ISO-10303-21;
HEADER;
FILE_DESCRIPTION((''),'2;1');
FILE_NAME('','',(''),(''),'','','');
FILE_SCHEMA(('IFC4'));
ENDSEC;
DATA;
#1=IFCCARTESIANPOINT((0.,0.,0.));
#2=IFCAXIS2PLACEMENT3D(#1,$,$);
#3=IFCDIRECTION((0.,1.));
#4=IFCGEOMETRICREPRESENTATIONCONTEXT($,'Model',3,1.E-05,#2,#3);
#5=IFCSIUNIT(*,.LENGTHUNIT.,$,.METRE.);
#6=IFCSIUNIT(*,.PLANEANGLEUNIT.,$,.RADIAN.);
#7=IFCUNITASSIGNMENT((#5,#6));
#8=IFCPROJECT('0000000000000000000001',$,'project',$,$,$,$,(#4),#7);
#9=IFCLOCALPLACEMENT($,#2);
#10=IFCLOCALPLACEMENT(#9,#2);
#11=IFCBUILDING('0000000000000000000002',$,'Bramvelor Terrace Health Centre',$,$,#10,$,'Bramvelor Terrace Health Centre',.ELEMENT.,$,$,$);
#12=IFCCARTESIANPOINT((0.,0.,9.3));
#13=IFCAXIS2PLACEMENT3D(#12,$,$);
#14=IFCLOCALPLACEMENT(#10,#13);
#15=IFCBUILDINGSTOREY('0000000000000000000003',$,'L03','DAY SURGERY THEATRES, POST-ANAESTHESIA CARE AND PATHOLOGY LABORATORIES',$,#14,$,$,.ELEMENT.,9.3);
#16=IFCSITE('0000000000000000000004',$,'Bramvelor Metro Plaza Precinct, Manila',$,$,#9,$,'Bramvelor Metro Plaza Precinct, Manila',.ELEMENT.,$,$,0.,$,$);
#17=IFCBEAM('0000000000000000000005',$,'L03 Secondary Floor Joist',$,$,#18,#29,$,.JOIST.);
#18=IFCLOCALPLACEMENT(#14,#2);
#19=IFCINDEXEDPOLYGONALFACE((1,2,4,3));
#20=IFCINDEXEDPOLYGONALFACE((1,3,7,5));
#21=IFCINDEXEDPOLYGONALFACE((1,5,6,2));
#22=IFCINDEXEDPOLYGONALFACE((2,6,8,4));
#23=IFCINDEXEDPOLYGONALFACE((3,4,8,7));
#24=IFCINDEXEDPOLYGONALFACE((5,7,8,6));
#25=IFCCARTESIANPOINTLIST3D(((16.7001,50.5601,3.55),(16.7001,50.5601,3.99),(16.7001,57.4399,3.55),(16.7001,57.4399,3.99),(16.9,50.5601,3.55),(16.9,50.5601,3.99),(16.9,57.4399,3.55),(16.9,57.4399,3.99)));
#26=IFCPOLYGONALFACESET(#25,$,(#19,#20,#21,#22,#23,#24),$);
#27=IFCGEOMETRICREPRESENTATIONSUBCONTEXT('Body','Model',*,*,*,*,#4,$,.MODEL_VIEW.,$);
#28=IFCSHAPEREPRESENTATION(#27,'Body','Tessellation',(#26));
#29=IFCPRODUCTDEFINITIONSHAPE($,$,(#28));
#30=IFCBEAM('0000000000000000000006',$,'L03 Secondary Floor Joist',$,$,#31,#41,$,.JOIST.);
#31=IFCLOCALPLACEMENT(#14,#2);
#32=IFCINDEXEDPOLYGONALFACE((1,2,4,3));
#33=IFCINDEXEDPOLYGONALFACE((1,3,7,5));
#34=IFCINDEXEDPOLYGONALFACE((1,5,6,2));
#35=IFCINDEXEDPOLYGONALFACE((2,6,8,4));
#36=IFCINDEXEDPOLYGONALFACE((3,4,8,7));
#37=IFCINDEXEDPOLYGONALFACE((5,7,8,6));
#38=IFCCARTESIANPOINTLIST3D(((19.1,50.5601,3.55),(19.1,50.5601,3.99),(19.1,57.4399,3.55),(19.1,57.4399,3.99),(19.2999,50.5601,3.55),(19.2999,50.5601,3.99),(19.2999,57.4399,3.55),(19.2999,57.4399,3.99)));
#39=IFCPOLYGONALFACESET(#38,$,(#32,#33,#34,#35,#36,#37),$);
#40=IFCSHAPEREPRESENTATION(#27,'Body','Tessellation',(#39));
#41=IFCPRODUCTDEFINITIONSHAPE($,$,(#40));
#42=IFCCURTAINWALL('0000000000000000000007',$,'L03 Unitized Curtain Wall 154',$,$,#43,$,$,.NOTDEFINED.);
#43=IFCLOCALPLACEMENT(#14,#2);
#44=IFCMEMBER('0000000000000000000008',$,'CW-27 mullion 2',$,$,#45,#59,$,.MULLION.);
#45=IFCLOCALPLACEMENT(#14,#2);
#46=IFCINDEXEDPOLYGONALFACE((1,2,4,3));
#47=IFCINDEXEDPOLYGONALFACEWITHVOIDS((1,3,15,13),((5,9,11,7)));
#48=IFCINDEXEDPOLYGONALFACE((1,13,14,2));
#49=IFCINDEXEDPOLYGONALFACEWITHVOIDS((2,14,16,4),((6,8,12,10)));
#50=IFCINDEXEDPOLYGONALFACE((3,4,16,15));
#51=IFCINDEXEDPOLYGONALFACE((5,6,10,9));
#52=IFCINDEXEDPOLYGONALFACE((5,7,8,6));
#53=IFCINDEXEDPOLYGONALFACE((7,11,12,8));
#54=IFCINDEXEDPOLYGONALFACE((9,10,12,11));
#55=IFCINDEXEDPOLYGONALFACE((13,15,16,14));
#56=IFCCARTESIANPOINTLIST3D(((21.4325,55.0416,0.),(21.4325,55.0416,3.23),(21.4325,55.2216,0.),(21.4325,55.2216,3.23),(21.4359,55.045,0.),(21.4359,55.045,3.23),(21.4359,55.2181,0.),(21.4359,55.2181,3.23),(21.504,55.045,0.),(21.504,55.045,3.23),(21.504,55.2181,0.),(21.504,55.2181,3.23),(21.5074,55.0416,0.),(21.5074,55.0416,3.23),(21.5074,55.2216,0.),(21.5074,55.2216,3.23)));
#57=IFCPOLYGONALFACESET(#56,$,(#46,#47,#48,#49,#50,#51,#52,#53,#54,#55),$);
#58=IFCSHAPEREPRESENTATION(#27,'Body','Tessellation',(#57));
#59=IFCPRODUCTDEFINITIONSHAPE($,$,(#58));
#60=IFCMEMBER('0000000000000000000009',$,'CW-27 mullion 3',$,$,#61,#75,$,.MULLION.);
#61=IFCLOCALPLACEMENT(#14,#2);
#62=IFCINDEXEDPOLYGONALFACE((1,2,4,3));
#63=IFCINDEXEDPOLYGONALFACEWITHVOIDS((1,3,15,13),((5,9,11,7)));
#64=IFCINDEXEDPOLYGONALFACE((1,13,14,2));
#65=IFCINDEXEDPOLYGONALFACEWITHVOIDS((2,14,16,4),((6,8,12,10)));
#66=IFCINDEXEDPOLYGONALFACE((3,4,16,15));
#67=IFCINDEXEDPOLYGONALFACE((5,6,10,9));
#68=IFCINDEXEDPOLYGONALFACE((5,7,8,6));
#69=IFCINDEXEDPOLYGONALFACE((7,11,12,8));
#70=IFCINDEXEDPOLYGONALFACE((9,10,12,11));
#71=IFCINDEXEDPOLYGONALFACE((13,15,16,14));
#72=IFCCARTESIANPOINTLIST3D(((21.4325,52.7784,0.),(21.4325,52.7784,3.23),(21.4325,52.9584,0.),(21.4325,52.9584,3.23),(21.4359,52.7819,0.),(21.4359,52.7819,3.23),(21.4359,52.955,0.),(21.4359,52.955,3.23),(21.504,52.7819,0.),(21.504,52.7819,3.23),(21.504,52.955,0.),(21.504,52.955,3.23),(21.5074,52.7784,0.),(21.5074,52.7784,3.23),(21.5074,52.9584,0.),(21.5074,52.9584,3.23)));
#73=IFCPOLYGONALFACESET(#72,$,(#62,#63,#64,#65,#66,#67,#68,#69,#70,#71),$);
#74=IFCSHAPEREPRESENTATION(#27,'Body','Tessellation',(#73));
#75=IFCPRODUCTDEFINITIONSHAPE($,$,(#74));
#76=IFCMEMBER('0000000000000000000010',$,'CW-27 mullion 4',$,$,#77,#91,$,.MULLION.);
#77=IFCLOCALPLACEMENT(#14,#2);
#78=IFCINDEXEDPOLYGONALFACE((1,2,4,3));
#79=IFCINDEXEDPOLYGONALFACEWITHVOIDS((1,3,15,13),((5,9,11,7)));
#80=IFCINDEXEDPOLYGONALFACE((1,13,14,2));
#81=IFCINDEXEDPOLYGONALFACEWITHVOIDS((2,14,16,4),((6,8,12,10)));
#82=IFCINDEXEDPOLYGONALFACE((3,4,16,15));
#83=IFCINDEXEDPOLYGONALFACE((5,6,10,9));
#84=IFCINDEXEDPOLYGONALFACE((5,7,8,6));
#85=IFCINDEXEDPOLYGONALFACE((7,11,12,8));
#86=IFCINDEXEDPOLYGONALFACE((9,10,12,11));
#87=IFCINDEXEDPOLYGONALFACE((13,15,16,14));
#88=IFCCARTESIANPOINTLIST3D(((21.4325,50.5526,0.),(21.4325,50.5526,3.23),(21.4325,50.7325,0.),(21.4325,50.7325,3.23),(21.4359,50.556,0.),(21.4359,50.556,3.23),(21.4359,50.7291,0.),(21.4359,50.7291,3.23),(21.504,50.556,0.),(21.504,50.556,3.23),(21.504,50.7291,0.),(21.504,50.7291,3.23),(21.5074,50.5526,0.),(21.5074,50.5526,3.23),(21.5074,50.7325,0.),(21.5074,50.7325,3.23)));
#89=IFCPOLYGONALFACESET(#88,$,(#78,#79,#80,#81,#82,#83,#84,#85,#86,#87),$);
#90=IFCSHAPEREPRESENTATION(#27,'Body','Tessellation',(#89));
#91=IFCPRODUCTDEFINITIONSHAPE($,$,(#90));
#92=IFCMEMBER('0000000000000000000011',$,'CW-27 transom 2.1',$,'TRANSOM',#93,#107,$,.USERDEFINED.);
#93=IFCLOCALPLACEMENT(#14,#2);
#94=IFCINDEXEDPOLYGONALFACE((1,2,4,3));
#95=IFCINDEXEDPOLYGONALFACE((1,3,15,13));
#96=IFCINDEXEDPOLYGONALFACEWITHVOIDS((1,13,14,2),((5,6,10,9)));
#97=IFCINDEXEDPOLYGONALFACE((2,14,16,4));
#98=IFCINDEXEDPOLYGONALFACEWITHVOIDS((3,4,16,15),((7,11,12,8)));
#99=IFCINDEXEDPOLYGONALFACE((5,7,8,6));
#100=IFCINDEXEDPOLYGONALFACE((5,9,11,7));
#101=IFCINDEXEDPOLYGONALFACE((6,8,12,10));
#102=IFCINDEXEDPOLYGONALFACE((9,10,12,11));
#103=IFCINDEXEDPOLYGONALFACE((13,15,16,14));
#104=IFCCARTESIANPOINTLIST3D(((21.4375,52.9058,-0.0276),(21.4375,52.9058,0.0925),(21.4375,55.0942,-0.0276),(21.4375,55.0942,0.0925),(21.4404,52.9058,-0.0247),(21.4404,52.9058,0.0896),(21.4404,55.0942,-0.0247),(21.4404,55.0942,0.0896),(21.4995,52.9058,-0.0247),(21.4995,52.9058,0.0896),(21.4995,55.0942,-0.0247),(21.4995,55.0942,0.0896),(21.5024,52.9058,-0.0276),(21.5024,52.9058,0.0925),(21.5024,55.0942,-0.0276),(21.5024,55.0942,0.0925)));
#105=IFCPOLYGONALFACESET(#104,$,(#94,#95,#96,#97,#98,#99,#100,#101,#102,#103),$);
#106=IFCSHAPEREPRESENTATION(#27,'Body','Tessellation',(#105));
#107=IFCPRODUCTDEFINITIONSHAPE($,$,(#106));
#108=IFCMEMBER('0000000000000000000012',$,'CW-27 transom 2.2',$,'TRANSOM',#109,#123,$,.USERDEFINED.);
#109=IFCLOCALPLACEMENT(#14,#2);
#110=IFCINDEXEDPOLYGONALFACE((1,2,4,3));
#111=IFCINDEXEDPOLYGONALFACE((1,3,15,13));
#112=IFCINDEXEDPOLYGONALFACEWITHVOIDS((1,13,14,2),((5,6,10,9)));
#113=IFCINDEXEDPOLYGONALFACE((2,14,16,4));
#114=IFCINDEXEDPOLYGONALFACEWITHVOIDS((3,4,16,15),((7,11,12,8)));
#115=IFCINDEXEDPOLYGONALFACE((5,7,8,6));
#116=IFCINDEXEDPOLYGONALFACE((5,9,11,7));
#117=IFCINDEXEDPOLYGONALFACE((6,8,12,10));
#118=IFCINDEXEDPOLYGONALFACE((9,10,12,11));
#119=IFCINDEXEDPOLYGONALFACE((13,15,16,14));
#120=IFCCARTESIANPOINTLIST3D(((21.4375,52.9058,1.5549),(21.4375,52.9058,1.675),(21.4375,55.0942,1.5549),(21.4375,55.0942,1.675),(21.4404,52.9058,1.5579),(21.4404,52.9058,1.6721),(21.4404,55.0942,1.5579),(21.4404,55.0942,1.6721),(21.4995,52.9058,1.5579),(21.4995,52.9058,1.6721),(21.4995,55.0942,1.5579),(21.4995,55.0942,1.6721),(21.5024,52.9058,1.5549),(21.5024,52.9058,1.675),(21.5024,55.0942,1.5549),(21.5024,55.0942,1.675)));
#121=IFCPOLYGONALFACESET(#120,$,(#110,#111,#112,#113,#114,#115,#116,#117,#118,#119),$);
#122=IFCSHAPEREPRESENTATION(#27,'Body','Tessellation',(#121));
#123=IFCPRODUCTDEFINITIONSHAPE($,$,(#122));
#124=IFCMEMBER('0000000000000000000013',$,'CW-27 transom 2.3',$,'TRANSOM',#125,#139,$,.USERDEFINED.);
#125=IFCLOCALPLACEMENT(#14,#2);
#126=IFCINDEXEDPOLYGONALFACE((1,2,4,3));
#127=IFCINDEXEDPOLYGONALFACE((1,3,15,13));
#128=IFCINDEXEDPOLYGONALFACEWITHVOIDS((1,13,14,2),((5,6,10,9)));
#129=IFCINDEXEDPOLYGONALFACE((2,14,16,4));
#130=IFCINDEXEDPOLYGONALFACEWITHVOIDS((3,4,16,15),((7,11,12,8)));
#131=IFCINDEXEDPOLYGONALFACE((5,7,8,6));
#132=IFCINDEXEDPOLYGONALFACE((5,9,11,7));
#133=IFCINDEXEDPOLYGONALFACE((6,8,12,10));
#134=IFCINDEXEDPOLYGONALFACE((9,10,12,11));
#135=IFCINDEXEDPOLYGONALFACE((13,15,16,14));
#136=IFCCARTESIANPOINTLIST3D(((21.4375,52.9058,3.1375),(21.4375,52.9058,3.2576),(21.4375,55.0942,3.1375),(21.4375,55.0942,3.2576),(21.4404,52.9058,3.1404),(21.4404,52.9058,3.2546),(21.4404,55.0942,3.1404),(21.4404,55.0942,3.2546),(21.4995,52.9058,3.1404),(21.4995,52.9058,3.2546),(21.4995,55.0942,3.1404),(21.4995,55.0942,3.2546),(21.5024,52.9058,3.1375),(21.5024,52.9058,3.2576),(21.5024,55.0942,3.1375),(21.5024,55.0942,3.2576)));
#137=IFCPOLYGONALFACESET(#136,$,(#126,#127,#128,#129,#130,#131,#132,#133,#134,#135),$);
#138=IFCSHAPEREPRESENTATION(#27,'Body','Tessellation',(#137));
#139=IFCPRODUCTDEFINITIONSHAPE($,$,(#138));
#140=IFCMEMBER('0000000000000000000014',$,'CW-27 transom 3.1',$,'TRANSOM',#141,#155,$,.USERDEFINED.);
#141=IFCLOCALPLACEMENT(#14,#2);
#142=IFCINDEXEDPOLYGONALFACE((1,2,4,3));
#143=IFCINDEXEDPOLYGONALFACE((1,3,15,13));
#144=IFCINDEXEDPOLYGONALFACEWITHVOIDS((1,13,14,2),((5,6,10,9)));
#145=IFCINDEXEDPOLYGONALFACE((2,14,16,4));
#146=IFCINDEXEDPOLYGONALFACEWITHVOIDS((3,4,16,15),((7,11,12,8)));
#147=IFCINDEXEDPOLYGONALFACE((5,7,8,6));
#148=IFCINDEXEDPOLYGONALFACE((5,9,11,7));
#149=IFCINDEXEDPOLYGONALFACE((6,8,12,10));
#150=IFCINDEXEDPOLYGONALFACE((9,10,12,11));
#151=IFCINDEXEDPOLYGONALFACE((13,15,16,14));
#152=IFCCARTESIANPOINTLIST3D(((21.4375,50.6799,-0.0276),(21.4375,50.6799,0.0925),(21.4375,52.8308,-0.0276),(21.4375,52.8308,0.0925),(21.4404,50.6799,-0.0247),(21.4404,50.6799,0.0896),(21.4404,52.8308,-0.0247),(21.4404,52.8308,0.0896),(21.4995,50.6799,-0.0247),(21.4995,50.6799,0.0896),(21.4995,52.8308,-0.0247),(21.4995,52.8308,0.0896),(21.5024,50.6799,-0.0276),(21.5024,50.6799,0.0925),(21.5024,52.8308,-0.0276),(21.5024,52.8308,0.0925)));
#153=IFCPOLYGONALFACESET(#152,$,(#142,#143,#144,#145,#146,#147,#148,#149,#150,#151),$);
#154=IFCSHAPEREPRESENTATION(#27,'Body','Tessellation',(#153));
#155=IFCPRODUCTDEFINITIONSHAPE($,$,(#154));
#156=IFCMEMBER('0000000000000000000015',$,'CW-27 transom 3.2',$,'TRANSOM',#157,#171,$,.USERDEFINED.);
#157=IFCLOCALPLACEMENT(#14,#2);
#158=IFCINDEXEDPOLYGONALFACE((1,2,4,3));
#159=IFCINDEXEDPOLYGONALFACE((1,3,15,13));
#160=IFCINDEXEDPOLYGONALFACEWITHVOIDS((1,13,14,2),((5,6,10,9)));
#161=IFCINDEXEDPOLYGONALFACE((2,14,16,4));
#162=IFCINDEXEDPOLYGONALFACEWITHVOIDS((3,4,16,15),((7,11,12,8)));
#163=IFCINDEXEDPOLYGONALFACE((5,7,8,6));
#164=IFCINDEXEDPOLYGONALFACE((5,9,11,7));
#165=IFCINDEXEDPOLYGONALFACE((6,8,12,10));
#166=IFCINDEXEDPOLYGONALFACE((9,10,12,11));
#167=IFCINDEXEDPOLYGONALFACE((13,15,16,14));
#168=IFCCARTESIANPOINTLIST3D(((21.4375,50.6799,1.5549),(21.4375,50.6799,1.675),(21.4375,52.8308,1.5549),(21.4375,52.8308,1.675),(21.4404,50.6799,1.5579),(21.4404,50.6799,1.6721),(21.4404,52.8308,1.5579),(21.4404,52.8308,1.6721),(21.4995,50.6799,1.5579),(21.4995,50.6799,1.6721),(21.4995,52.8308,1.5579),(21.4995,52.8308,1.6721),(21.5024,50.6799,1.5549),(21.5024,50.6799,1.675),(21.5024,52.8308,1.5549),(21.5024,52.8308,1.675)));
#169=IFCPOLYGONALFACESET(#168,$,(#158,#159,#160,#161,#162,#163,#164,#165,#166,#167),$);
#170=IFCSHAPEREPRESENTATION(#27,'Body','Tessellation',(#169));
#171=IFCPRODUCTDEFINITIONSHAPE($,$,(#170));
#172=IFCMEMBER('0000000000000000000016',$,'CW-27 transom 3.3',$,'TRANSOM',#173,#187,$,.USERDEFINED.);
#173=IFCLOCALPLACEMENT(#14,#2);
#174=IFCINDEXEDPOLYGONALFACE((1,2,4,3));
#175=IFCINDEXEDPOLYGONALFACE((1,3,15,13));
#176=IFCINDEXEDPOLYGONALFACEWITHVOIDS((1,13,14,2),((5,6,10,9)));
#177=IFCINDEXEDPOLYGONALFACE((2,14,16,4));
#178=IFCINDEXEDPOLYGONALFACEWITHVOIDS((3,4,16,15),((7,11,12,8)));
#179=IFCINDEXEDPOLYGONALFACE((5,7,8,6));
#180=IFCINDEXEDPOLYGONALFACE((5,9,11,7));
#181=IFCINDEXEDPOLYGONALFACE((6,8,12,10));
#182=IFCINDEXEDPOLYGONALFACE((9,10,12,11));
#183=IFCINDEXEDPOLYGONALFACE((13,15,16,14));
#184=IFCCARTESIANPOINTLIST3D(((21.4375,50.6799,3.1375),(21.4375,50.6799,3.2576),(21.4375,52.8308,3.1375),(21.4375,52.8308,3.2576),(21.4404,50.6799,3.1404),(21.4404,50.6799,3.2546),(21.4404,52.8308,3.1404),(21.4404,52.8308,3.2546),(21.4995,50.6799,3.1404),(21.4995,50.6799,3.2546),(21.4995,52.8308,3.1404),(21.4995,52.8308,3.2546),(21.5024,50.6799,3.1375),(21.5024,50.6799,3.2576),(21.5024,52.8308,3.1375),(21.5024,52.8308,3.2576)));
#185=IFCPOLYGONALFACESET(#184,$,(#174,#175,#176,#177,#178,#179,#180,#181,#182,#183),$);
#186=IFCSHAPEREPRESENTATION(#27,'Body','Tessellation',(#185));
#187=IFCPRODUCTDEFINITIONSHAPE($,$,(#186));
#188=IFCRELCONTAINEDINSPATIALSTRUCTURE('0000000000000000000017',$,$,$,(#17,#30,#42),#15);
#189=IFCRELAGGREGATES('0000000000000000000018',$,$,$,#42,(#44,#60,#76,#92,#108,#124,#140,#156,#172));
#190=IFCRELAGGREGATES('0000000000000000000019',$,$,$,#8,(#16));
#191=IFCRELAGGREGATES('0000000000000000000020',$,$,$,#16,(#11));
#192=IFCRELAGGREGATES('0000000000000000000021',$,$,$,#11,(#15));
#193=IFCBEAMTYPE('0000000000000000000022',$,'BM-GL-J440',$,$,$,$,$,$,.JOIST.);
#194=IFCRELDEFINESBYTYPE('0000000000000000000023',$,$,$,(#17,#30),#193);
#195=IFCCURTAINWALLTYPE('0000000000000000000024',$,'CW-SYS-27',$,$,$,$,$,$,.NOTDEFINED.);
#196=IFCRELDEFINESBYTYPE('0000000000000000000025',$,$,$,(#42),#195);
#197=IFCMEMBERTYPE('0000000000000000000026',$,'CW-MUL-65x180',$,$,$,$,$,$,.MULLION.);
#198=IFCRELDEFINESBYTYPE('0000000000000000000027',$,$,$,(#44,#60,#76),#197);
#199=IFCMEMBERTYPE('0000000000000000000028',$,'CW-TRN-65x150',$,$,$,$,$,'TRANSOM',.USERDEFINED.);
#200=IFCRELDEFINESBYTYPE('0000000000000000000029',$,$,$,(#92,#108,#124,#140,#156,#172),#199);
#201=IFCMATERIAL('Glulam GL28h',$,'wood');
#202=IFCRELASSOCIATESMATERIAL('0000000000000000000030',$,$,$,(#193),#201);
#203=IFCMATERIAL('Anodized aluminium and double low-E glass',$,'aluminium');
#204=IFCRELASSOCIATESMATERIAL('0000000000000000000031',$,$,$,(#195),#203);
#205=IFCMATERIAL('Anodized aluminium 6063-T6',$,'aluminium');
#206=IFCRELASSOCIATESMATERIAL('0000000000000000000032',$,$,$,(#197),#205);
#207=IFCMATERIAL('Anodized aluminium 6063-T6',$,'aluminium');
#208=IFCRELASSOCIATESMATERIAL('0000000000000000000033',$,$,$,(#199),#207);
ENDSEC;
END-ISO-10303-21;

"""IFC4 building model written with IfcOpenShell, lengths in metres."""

from ifc_helpers import new_model, si_unit, direction, frame, origin, origin_2d, place, context, subcontext, project, spatial, rectangle, hollow_rectangle, extrude, material, material_profile, profile_set, type_object, element, aggregate, save


model = new_model("IFC4")

# Units and contexts
model_context = context("Model", 3, precision=1e-05, world=origin(), true_north=direction((0.0, 1.0)))
body_context = subcontext(model_context, "Body", "Model", "MODEL_VIEW")
ifc_project = project(units=[si_unit("LENGTHUNIT", "METRE"), si_unit("PLANEANGLEUNIT", "RADIAN")], contexts=[model_context])

# Site, building, storey
site_placement = place(None, origin())
site = spatial("IfcSite", under=ifc_project, at=site_placement, Name="Bramvelor Metro Plaza Precinct, Manila", LongName="Bramvelor Metro Plaza Precinct, Manila", CompositionType="ELEMENT", RefElevation=0.0)
building_placement = place(site_placement, origin())
building = spatial("IfcBuilding", under=site, at=building_placement, Name="Bramvelor Terrace Health Centre", LongName="Bramvelor Terrace Health Centre", CompositionType="ELEMENT")
storey_placement = place(building_placement, frame((0.0, 0.0, 9.3)))
storey = spatial("IfcBuildingStorey", under=building, at=storey_placement, Name="L03", Description="DAY SURGERY THEATRES, POST-ANAESTHESIA CARE AND PATHOLOGY LABORATORIES", CompositionType="ELEMENT", Elevation=9.3)

# Beams
ifc_material_1 = material(Name="Glulam GL28h", Category="wood")
ifc_material_profile_1 = material_profile(ifc_material_1, rectangle(XDim=0.2, YDim=0.4399, at=origin_2d()), Name="GL 200x440")
ifc_profile_set_1 = profile_set([ifc_material_profile_1], Name="Glulam GL28h")
beam_type = type_object("IfcBeamType", Name="BM-GL-J440", PredefinedType="JOIST", material=ifc_profile_set_1)
for number, where, z_axis, x_axis, name in (
    (1, (16.8, 50.5601, 3.77), (0.0, 1.0, 0.0), (-1.0, 0.0, 0.0), "L03 Secondary Floor Joist"),
    (2, (19.2, 50.5601, 3.77), (0.0, 1.0, 0.0), (-1.0, 0.0, 0.0), "L03 Secondary Floor Joist"),
):
    element("IfcBeam", number, at=place(storey_placement, frame(where, z_axis=z_axis, x_axis=x_axis)), inside=storey, type_object=beam_type, Name=name, PredefinedType="JOIST", context=body_context, shape_type="SweptSolid", body=[
        extrude(rectangle(XDim=0.2, YDim=0.4399, at=origin_2d()), origin(), (0.0, 0.0, 1.0), 6.8799),
    ])

# Curtain wall, members
ifc_material_2 = material(Name="Anodized aluminium and double low-E glass", Category="aluminium")
curtain_wall_type = type_object("IfcCurtainWallType", Name="CW-SYS-27", PredefinedType="NOTDEFINED", material=ifc_material_2)
curtain_wall_placement = place(storey_placement, origin())
curtain_wall = element("IfcCurtainWall", 3, at=curtain_wall_placement, inside=storey, type_object=curtain_wall_type, Name="L03 Unitized Curtain Wall 154", PredefinedType="NOTDEFINED")
ifc_material_3 = material(Name="Anodized aluminium 6063-T6", Category="aluminium")
ifc_material_profile_2 = material_profile(ifc_material_3, hollow_rectangle(XDim=0.075, YDim=0.1799, WallThickness=0.0034, at=origin_2d()), Name="ALU-MUL 75x180x3.5")
ifc_profile_set_2 = profile_set([ifc_material_profile_2], Name="Anodized aluminium 6063-T6")
member_type_1 = type_object("IfcMemberType", Name="CW-MUL-65x180", PredefinedType="MULLION", material=ifc_profile_set_2)
member_1_placement = place(storey_placement, frame((21.47, 55.1316, 0.0), z_axis=(0.0, 0.0, 1.0), x_axis=(1.0, 0.0, 0.0)))
member_1 = element("IfcMember", 4, at=member_1_placement, type_object=member_type_1, Name="CW-27 mullion 2", PredefinedType="MULLION", context=body_context, shape_type="SweptSolid", body=[
    extrude(hollow_rectangle(XDim=0.075, YDim=0.1799, WallThickness=0.0034, at=origin_2d()), origin(), (0.0, 0.0, 1.0), 3.23),
])
member_2_placement = place(storey_placement, frame((21.47, 52.8684, 0.0), z_axis=(0.0, 0.0, 1.0), x_axis=(1.0, 0.0, 0.0)))
member_2 = element("IfcMember", 5, at=member_2_placement, type_object=member_type_1, Name="CW-27 mullion 3", PredefinedType="MULLION", context=body_context, shape_type="SweptSolid", body=[
    extrude(hollow_rectangle(XDim=0.075, YDim=0.1799, WallThickness=0.0034, at=origin_2d()), origin(), (0.0, 0.0, 1.0), 3.23),
])
member_3_placement = place(storey_placement, frame((21.47, 50.6426, 0.0), z_axis=(0.0, 0.0, 1.0), x_axis=(1.0, 0.0, 0.0)))
member_3 = element("IfcMember", 6, at=member_3_placement, type_object=member_type_1, Name="CW-27 mullion 4", PredefinedType="MULLION", context=body_context, shape_type="SweptSolid", body=[
    extrude(hollow_rectangle(XDim=0.075, YDim=0.1799, WallThickness=0.0034, at=origin_2d()), origin(), (0.0, 0.0, 1.0), 3.23),
])
ifc_material_4 = material(Name="Anodized aluminium 6063-T6", Category="aluminium")
ifc_material_profile_3 = material_profile(ifc_material_4, hollow_rectangle(XDim=0.0649, YDim=0.1201, WallThickness=0.0029, at=origin_2d()), Name="ALU-TRN 65x120x3.0")
ifc_profile_set_3 = profile_set([ifc_material_profile_3], Name="Anodized aluminium 6063-T6")
member_type_2 = type_object("IfcMemberType", Name="CW-TRN-65x150", ElementType="TRANSOM", PredefinedType="USERDEFINED", material=ifc_profile_set_3)
member_4_placement = place(storey_placement, frame((21.47, 55.0942, 0.0325), z_axis=(0.0, -1.0, 0.0), x_axis=(1.0, 0.0, 0.0)))
member_4 = element("IfcMember", 7, at=member_4_placement, type_object=member_type_2, Name="CW-27 transom 2.1", ObjectType="TRANSOM", PredefinedType="USERDEFINED", context=body_context, shape_type="SweptSolid", body=[
    extrude(hollow_rectangle(XDim=0.0649, YDim=0.1201, WallThickness=0.0029, at=origin_2d()), origin(), (0.0, 0.0, 1.0), 2.1885),
])
member_5_placement = place(storey_placement, frame((21.47, 55.0942, 1.615), z_axis=(0.0, -1.0, 0.0), x_axis=(1.0, 0.0, 0.0)))
member_5 = element("IfcMember", 8, at=member_5_placement, type_object=member_type_2, Name="CW-27 transom 2.2", ObjectType="TRANSOM", PredefinedType="USERDEFINED", context=body_context, shape_type="SweptSolid", body=[
    extrude(hollow_rectangle(XDim=0.0649, YDim=0.1201, WallThickness=0.0029, at=origin_2d()), origin(), (0.0, 0.0, 1.0), 2.1885),
])
member_6_placement = place(storey_placement, frame((21.47, 55.0942, 3.1975), z_axis=(0.0, -1.0, 0.0), x_axis=(1.0, 0.0, 0.0)))
member_6 = element("IfcMember", 9, at=member_6_placement, type_object=member_type_2, Name="CW-27 transom 2.3", ObjectType="TRANSOM", PredefinedType="USERDEFINED", context=body_context, shape_type="SweptSolid", body=[
    extrude(hollow_rectangle(XDim=0.0649, YDim=0.1201, WallThickness=0.0029, at=origin_2d()), origin(), (0.0, 0.0, 1.0), 2.1885),
])
member_7_placement = place(storey_placement, frame((21.47, 52.8308, 0.0325), z_axis=(0.0, -1.0, 0.0), x_axis=(1.0, 0.0, 0.0)))
member_7 = element("IfcMember", 10, at=member_7_placement, type_object=member_type_2, Name="CW-27 transom 3.1", ObjectType="TRANSOM", PredefinedType="USERDEFINED", context=body_context, shape_type="SweptSolid", body=[
    extrude(hollow_rectangle(XDim=0.0649, YDim=0.1201, WallThickness=0.0029, at=origin_2d()), origin(), (0.0, 0.0, 1.0), 2.1509),
])
member_8_placement = place(storey_placement, frame((21.47, 52.8308, 1.615), z_axis=(0.0, -1.0, 0.0), x_axis=(1.0, 0.0, 0.0)))
member_8 = element("IfcMember", 11, at=member_8_placement, type_object=member_type_2, Name="CW-27 transom 3.2", ObjectType="TRANSOM", PredefinedType="USERDEFINED", context=body_context, shape_type="SweptSolid", body=[
    extrude(hollow_rectangle(XDim=0.0649, YDim=0.1201, WallThickness=0.0029, at=origin_2d()), origin(), (0.0, 0.0, 1.0), 2.1509),
])
member_9_placement = place(storey_placement, frame((21.47, 52.8308, 3.1975), z_axis=(0.0, -1.0, 0.0), x_axis=(1.0, 0.0, 0.0)))
member_9 = element("IfcMember", 12, at=member_9_placement, type_object=member_type_2, Name="CW-27 transom 3.3", ObjectType="TRANSOM", PredefinedType="USERDEFINED", context=body_context, shape_type="SweptSolid", body=[
    extrude(hollow_rectangle(XDim=0.0649, YDim=0.1201, WallThickness=0.0029, at=origin_2d()), origin(), (0.0, 0.0, 1.0), 2.1509),
])
aggregate(curtain_wall, [member_1, member_2, member_3, member_4, member_5, member_6, member_7, member_8, member_9])

save(model, "model.ifc")
